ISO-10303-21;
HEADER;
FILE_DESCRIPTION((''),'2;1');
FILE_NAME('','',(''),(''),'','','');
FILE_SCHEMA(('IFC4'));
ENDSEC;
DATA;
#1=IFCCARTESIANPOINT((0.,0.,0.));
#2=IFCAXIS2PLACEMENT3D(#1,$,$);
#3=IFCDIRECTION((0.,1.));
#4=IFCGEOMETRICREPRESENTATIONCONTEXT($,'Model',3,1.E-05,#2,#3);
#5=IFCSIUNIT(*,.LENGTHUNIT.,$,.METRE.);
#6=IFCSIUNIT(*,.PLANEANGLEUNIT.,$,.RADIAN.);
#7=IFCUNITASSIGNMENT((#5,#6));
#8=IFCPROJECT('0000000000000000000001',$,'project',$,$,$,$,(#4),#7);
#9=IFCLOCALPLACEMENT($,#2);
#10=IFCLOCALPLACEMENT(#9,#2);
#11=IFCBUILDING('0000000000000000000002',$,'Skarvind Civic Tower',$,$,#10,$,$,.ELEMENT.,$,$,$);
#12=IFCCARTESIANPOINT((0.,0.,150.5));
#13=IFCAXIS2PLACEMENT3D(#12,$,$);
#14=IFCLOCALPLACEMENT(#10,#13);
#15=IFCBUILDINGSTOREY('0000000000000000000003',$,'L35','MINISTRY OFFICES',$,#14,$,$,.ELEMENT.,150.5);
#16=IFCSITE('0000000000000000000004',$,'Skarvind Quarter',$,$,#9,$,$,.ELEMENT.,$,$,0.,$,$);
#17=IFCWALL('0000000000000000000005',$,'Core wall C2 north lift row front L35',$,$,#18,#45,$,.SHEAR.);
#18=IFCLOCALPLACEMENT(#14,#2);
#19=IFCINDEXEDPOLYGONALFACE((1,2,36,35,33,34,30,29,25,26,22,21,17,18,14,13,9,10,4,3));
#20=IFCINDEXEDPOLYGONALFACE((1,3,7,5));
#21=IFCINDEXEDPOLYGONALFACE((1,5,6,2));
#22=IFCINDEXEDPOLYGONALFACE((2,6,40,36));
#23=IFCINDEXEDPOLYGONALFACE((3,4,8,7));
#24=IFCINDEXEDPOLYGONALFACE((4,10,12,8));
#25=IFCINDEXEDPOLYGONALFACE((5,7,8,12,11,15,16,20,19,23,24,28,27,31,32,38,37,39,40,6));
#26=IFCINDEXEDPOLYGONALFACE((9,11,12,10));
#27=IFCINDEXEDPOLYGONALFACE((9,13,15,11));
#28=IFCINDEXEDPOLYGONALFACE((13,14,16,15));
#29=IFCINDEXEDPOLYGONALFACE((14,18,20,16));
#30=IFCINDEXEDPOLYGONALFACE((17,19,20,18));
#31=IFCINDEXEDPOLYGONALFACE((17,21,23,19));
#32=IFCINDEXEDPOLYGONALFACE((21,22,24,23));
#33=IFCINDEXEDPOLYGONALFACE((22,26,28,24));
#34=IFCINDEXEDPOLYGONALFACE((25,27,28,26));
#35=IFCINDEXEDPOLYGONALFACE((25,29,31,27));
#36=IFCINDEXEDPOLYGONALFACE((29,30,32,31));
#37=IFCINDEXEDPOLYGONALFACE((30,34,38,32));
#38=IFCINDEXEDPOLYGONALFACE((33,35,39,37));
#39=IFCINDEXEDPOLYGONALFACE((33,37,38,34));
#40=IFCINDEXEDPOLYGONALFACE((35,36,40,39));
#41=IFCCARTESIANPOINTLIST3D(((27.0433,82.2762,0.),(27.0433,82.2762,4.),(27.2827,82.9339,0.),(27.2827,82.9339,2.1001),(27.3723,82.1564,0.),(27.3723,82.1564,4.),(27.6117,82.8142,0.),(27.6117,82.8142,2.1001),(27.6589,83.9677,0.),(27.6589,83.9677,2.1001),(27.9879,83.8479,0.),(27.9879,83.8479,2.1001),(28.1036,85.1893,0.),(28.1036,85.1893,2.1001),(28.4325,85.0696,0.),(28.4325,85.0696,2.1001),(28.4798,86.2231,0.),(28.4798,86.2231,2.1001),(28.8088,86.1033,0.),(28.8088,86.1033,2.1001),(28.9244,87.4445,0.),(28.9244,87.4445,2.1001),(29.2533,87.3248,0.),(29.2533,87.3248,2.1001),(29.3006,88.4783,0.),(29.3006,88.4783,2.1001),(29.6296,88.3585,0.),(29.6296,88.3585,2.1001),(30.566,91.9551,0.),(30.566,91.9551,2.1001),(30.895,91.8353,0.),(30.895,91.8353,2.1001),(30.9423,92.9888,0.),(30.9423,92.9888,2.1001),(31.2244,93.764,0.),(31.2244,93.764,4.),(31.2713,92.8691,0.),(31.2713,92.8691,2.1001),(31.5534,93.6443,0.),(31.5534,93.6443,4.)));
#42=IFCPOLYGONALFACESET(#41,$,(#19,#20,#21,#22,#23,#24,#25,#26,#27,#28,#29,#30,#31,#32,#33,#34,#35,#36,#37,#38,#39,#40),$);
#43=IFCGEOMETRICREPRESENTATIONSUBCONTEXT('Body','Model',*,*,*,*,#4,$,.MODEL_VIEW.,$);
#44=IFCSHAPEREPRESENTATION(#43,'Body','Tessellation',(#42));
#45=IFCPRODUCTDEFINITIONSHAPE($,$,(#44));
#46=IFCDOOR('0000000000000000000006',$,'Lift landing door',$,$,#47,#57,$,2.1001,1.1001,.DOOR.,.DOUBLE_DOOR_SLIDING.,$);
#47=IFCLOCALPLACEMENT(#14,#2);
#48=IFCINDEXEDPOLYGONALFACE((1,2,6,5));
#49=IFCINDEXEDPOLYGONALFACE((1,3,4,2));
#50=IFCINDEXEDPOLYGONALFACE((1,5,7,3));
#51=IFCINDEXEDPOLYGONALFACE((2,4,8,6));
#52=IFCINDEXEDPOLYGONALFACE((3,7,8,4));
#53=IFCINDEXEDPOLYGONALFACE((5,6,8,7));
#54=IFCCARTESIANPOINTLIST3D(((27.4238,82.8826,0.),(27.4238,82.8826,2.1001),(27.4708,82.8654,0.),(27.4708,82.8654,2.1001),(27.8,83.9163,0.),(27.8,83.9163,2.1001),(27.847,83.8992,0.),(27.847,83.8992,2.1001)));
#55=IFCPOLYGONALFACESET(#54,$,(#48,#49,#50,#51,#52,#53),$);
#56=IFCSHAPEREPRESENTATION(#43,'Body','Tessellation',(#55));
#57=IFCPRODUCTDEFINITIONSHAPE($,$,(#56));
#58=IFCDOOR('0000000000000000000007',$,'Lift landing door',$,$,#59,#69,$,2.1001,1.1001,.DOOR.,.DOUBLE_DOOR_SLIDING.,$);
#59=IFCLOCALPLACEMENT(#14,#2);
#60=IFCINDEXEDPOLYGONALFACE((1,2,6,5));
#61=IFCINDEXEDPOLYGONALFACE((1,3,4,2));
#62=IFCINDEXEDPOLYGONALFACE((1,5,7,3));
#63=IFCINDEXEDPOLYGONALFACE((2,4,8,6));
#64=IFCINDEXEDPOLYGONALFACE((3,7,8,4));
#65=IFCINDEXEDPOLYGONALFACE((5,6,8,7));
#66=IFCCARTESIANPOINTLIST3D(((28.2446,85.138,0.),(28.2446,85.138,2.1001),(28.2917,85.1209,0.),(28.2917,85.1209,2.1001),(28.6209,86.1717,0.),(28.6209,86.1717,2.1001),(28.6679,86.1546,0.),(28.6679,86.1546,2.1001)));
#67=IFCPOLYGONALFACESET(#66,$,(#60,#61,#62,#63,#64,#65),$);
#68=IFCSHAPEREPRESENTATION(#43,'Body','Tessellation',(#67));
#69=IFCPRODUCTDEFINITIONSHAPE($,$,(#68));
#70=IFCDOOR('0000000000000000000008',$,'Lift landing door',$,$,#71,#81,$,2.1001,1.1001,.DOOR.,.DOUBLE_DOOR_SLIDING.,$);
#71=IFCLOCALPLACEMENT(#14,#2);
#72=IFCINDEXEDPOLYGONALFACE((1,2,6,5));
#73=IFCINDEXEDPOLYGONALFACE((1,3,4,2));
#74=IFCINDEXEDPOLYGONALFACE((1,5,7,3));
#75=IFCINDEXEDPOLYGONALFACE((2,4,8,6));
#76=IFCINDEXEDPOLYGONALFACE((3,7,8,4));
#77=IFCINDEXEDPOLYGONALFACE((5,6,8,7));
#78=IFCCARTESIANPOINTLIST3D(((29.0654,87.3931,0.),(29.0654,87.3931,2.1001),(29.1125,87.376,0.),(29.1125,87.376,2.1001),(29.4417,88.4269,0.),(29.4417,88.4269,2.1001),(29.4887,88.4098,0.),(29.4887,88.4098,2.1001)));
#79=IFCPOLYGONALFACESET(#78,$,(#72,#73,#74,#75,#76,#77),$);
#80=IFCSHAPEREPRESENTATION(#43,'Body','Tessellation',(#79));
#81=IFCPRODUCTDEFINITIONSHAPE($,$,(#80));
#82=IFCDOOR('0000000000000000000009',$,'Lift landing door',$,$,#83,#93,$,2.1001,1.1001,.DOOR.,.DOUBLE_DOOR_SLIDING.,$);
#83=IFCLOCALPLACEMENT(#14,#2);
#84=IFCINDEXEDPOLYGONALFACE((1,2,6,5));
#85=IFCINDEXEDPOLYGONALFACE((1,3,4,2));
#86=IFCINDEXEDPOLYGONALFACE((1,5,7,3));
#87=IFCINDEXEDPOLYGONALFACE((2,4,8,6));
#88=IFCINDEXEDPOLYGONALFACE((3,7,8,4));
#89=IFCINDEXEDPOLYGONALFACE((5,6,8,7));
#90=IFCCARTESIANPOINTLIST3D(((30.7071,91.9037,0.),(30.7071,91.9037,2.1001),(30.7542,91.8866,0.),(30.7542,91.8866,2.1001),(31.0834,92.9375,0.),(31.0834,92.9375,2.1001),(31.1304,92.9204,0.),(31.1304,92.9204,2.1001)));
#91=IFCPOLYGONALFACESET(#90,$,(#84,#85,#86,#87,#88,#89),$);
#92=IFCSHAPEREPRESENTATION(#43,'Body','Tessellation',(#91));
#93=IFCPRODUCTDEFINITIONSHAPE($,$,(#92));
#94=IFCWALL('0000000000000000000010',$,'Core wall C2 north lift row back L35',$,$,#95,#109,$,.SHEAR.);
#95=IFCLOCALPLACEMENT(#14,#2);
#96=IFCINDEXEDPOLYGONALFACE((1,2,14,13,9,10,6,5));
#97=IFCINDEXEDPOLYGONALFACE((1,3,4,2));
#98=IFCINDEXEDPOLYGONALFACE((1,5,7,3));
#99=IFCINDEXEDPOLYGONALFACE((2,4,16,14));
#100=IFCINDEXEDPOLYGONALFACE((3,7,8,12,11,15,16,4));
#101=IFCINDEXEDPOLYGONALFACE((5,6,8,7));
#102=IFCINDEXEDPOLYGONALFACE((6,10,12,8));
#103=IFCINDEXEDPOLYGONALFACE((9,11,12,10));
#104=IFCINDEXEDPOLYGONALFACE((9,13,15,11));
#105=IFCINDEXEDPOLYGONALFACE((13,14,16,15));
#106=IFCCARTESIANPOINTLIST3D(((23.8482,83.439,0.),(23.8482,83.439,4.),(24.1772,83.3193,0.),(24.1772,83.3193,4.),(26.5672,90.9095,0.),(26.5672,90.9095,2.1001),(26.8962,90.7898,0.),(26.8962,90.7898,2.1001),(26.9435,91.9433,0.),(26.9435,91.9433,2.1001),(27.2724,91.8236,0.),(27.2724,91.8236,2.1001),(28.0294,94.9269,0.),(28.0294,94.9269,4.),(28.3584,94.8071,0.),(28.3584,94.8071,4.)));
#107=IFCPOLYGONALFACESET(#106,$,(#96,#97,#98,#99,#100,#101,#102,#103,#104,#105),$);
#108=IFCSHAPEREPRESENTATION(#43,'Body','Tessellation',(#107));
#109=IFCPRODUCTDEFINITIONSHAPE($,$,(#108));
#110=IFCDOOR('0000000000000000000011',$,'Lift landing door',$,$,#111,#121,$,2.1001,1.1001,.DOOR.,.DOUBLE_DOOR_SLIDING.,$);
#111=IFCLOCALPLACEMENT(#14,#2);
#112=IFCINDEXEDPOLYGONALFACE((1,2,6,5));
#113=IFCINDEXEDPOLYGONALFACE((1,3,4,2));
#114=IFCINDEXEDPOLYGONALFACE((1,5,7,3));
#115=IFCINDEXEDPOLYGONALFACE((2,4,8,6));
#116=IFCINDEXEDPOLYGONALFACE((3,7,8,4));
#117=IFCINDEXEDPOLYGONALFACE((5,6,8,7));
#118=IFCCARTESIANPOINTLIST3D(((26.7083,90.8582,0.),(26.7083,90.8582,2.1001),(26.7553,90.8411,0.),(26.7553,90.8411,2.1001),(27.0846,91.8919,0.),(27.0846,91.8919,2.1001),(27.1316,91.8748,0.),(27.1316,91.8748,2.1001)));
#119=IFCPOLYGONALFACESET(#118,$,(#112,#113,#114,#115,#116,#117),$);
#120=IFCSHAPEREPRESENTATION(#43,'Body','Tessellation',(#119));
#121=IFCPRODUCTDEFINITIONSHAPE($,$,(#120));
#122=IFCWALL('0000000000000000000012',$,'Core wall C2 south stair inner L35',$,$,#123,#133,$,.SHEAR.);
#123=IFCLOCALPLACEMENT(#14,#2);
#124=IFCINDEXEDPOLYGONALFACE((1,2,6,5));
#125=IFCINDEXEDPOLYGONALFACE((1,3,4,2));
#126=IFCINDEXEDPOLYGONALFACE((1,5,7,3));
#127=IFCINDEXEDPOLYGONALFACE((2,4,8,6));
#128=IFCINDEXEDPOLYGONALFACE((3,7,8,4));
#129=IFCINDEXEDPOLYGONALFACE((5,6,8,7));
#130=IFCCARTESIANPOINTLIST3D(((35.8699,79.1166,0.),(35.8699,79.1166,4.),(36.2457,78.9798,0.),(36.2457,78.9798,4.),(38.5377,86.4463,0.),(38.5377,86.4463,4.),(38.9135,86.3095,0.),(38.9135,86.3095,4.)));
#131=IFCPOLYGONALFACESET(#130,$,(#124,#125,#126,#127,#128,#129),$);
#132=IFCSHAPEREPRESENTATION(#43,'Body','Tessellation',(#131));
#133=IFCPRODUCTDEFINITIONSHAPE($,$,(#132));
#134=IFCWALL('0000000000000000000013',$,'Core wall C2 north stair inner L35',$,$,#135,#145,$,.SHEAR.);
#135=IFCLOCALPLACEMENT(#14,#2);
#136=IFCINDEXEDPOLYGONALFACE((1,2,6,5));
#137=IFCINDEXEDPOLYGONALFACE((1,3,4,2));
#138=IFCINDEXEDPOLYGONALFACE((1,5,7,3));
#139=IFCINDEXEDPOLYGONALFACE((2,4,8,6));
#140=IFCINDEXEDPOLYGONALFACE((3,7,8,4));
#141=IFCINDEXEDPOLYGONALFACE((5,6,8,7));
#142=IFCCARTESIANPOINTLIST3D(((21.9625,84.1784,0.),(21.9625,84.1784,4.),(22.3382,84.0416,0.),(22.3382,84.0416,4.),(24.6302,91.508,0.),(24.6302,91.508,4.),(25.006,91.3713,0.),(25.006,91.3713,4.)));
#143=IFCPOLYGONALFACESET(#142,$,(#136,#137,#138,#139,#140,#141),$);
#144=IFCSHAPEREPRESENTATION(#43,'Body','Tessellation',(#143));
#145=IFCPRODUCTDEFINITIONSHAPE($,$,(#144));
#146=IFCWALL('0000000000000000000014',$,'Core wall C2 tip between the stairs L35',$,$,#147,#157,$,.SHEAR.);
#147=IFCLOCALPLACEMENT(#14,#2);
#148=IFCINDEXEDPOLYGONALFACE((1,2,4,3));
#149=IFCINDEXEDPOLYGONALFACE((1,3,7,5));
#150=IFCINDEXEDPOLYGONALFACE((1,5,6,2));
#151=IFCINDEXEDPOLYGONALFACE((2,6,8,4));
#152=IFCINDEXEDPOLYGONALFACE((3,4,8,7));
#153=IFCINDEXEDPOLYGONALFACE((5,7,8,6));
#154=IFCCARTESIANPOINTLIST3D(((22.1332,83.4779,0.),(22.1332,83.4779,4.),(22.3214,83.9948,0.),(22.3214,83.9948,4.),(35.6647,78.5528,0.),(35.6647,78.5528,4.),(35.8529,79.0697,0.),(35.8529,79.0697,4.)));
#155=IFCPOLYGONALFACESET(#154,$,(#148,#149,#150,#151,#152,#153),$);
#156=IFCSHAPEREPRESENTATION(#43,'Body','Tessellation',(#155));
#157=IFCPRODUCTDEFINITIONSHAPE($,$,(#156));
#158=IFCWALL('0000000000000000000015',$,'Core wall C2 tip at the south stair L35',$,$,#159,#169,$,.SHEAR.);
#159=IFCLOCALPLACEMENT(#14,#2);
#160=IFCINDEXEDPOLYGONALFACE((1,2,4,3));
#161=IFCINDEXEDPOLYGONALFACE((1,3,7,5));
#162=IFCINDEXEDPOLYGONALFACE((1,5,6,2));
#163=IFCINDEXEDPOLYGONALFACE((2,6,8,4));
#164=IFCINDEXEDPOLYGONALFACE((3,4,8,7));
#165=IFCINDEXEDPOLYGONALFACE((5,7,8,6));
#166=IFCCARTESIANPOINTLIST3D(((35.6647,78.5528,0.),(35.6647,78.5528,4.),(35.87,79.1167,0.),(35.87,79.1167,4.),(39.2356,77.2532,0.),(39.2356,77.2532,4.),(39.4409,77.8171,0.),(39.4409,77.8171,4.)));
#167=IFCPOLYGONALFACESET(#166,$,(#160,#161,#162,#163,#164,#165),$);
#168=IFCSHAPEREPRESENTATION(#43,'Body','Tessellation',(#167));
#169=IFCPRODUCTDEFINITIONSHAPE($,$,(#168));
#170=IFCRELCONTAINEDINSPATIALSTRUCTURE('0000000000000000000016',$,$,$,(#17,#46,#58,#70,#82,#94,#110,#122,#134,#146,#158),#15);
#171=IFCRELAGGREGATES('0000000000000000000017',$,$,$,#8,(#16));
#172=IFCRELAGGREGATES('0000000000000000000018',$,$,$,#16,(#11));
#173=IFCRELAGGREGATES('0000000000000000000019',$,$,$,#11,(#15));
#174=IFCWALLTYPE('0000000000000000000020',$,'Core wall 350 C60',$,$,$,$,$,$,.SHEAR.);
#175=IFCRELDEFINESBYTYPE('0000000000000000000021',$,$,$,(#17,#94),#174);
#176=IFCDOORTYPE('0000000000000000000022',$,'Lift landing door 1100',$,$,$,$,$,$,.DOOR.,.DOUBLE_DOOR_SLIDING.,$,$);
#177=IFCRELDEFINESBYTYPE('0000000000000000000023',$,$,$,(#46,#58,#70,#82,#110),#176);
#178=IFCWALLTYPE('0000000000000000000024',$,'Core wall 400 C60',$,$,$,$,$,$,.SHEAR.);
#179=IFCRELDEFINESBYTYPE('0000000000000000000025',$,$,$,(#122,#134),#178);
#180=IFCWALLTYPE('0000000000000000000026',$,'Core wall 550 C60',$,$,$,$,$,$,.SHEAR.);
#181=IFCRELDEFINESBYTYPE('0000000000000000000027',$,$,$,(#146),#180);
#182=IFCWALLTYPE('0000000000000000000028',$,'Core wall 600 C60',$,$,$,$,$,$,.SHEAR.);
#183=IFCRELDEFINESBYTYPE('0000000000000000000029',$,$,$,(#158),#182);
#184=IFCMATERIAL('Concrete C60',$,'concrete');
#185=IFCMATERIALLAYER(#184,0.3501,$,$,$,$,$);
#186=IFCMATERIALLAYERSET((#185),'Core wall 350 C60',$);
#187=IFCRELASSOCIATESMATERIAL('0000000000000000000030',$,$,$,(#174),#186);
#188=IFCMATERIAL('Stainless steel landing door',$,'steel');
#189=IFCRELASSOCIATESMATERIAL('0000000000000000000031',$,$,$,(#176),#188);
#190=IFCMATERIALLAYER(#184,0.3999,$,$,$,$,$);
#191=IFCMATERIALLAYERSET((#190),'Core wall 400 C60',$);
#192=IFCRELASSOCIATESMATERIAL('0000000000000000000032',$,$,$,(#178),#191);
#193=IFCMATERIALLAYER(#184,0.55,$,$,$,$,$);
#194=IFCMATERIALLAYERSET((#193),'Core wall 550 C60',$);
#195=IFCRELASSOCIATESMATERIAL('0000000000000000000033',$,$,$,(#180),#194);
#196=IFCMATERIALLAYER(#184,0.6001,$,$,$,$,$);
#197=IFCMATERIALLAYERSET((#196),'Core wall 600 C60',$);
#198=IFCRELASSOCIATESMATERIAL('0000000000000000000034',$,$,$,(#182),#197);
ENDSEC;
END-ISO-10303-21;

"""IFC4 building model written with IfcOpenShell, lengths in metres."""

from ifc_helpers import new_model, si_unit, direction, frame, frame_2d, origin, place, context, subcontext, project, spatial, rectangle, extrude, material, layer, layer_set, type_object, element, fill, save


model = new_model("IFC4")

# Units and contexts
model_context = context("Model", 3, precision=1e-05, world=origin(), true_north=direction((0.0, 1.0)))
body_context = subcontext(model_context, "Body", "Model", "MODEL_VIEW")
ifc_project = project(units=[si_unit("LENGTHUNIT", "METRE"), si_unit("PLANEANGLEUNIT", "RADIAN")], contexts=[model_context])

# Site, building, storey
site_placement = place(None, origin())
site = spatial("IfcSite", under=ifc_project, at=site_placement, Name="Skarvind Quarter", CompositionType="ELEMENT", RefElevation=0.0)
building_placement = place(site_placement, origin())
building = spatial("IfcBuilding", under=site, at=building_placement, Name="Skarvind Civic Tower", CompositionType="ELEMENT")
storey_placement = place(building_placement, frame((0.0, 0.0, 150.5)))
storey = spatial("IfcBuildingStorey", under=building, at=storey_placement, Name="L35", Description="MINISTRY OFFICES", CompositionType="ELEMENT", Elevation=150.5)

# Shared definitions
ifc_material_1 = material(Name="Concrete C60", Category="concrete")
ifc_layer_1 = layer(ifc_material_1, 0.3501)
ifc_layer_set_1 = layer_set([ifc_layer_1], Name="Core wall 350 C60")
wall_type_1 = type_object("IfcWallType", Name="Core wall 350 C60", PredefinedType="SHEAR", material=ifc_layer_set_1)

# Wall, openings, doors
wall_1_placement = place(storey_placement, frame((27.2078, 82.2163, 0.0), z_axis=(0.0, 0.0, 1.0), x_axis=(0.342016, 0.939694, 0.0)))
wall_1 = element("IfcWall", 1, at=wall_1_placement, inside=storey, type_object=wall_type_1, Name="Core wall C2 north lift row front L35", PredefinedType="SHEAR", context=body_context, shape_type="SweptSolid", body=[
    extrude(rectangle(XDim=12.2251, YDim=0.3501, at=frame_2d((6.1125, 0.0))), origin(), (0.0, 0.0, 1.0), 4.0),
])
opening_1_placement = place(wall_1_placement, frame((0.7, 0.0, 0.0)))
opening_1 = element("IfcOpeningElement", 2, at=opening_1_placement, cuts=wall_1, PredefinedType="OPENING", context=body_context, shape_type="SweptSolid", body=[
    extrude(rectangle(XDim=1.1001, YDim=2.1001, at=frame_2d((0.55, 1.05))), frame((0.0, 0.1851, 0.0), z_axis=(0.0, -1.0, 0.0), x_axis=(1.0, 0.0, 0.0)), (0.0, 0.0, 1.0), 0.3701),
])
opening_2_placement = place(wall_1_placement, frame((3.1001, 0.0, 0.0)))
opening_2 = element("IfcOpeningElement", 3, at=opening_2_placement, cuts=wall_1, PredefinedType="OPENING", context=body_context, shape_type="SweptSolid", body=[
    extrude(rectangle(XDim=1.1001, YDim=2.1001, at=frame_2d((0.55, 1.05))), frame((0.0, 0.1851, 0.0), z_axis=(0.0, -1.0, 0.0), x_axis=(1.0, 0.0, 0.0)), (0.0, 0.0, 1.0), 0.3701),
])
opening_3_placement = place(wall_1_placement, frame((5.5, 0.0, 0.0)))
opening_3 = element("IfcOpeningElement", 4, at=opening_3_placement, cuts=wall_1, PredefinedType="OPENING", context=body_context, shape_type="SweptSolid", body=[
    extrude(rectangle(XDim=1.1001, YDim=2.1001, at=frame_2d((0.55, 1.05))), frame((0.0, 0.1851, 0.0), z_axis=(0.0, -1.0, 0.0), x_axis=(1.0, 0.0, 0.0)), (0.0, 0.0, 1.0), 0.3701),
])
opening_4_placement = place(wall_1_placement, frame((10.3, 0.0, 0.0)))
opening_4 = element("IfcOpeningElement", 5, at=opening_4_placement, cuts=wall_1, PredefinedType="OPENING", context=body_context, shape_type="SweptSolid", body=[
    extrude(rectangle(XDim=1.1001, YDim=2.1001, at=frame_2d((0.55, 1.05))), frame((0.0, 0.1851, 0.0), z_axis=(0.0, -1.0, 0.0), x_axis=(1.0, 0.0, 0.0)), (0.0, 0.0, 1.0), 0.3701),
])
ifc_material_2 = material(Name="Stainless steel landing door", Category="steel")
door_type_1 = type_object("IfcDoorType", Name="Lift landing door 1100", OperationType="DOUBLE_DOOR_SLIDING", PredefinedType="DOOR", material=ifc_material_2)
door_1_placement = place(opening_1_placement, origin())
door_1 = element("IfcDoor", 6, at=door_1_placement, inside=storey, type_object=door_type_1, Name="Lift landing door", OperationType="DOUBLE_DOOR_SLIDING", OverallHeight=2.1001, OverallWidth=1.1001, PredefinedType="DOOR", context=body_context, shape_type="SweptSolid", body=[
    extrude(rectangle(XDim=1.1001, YDim=2.1001, at=frame_2d((0.55, 1.05))), frame((0.0, 0.0249, 0.0), z_axis=(0.0, -1.0, 0.0), x_axis=(1.0, 0.0, 0.0)), (0.0, 0.0, 1.0), 0.05),
])
fill(opening_1, door_1)
door_2_placement = place(opening_2_placement, origin())
door_2 = element("IfcDoor", 7, at=door_2_placement, inside=storey, type_object=door_type_1, Name="Lift landing door", OperationType="DOUBLE_DOOR_SLIDING", OverallHeight=2.1001, OverallWidth=1.1001, PredefinedType="DOOR", context=body_context, shape_type="SweptSolid", body=[
    extrude(rectangle(XDim=1.1001, YDim=2.1001, at=frame_2d((0.55, 1.05))), frame((0.0, 0.0249, 0.0), z_axis=(0.0, -1.0, 0.0), x_axis=(1.0, 0.0, 0.0)), (0.0, 0.0, 1.0), 0.05),
])
fill(opening_2, door_2)
door_3_placement = place(opening_3_placement, origin())
door_3 = element("IfcDoor", 8, at=door_3_placement, inside=storey, type_object=door_type_1, Name="Lift landing door", OperationType="DOUBLE_DOOR_SLIDING", OverallHeight=2.1001, OverallWidth=1.1001, PredefinedType="DOOR", context=body_context, shape_type="SweptSolid", body=[
    extrude(rectangle(XDim=1.1001, YDim=2.1001, at=frame_2d((0.55, 1.05))), frame((0.0, 0.0249, 0.0), z_axis=(0.0, -1.0, 0.0), x_axis=(1.0, 0.0, 0.0)), (0.0, 0.0, 1.0), 0.05),
])
fill(opening_3, door_3)
door_4_placement = place(opening_4_placement, origin())
door_4 = element("IfcDoor", 9, at=door_4_placement, inside=storey, type_object=door_type_1, Name="Lift landing door", OperationType="DOUBLE_DOOR_SLIDING", OverallHeight=2.1001, OverallWidth=1.1001, PredefinedType="DOOR", context=body_context, shape_type="SweptSolid", body=[
    extrude(rectangle(XDim=1.1001, YDim=2.1001, at=frame_2d((0.55, 1.05))), frame((0.0, 0.0249, 0.0), z_axis=(0.0, -1.0, 0.0), x_axis=(1.0, 0.0, 0.0)), (0.0, 0.0, 1.0), 0.05),
])
fill(opening_4, door_4)

# Wall, opening, door
wall_2_placement = place(storey_placement, frame((24.0127, 83.3792, 0.0), z_axis=(0.0, 0.0, 1.0), x_axis=(0.342016, 0.939694, 0.0)))
wall_2 = element("IfcWall", 10, at=wall_2_placement, inside=storey, type_object=wall_type_1, Name="Core wall C2 north lift row back L35", PredefinedType="SHEAR", context=body_context, shape_type="SweptSolid", body=[
    extrude(rectangle(XDim=12.2251, YDim=0.3501, at=frame_2d((6.1125, 0.0))), origin(), (0.0, 0.0, 1.0), 4.0),
])
opening_5_placement = place(wall_2_placement, frame((7.95, 0.0, 0.0)))
opening_5 = element("IfcOpeningElement", 11, at=opening_5_placement, cuts=wall_2, PredefinedType="OPENING", context=body_context, shape_type="SweptSolid", body=[
    extrude(rectangle(XDim=1.1001, YDim=2.1001, at=frame_2d((0.55, 1.05))), frame((0.0, 0.1851, 0.0), z_axis=(0.0, -1.0, 0.0), x_axis=(1.0, 0.0, 0.0)), (0.0, 0.0, 1.0), 0.3701),
])
door_5_placement = place(opening_5_placement, origin())
door_5 = element("IfcDoor", 12, at=door_5_placement, inside=storey, type_object=door_type_1, Name="Lift landing door", OperationType="DOUBLE_DOOR_SLIDING", OverallHeight=2.1001, OverallWidth=1.1001, PredefinedType="DOOR", context=body_context, shape_type="SweptSolid", body=[
    extrude(rectangle(XDim=1.1001, YDim=2.1001, at=frame_2d((0.55, 1.05))), frame((0.0, 0.0249, 0.0), z_axis=(0.0, -1.0, 0.0), x_axis=(1.0, 0.0, 0.0)), (0.0, 0.0, 1.0), 0.05),
])
fill(opening_5, door_5)

# Walls
ifc_layer_2 = layer(ifc_material_1, 0.3999)
ifc_layer_set_2 = layer_set([ifc_layer_2], Name="Core wall 400 C60")
wall_type_2 = type_object("IfcWallType", Name="Core wall 400 C60", PredefinedType="SHEAR", material=ifc_layer_set_2)
for number, where, z_axis, x_axis, name in (
    (13, (36.0579, 79.0483, 0.0), (0.0, 0.0, 1.0), (0.342017, 0.939694, 0.0), "Core wall C2 south stair inner L35"),
    (14, (22.1504, 84.1101, 0.0), (0.0, 0.0, 1.0), (0.342017, 0.939694, 0.0), "Core wall C2 north stair inner L35"),
):
    element("IfcWall", number, at=place(storey_placement, frame(where, z_axis=z_axis, x_axis=x_axis)), inside=storey, type_object=wall_type_2, Name=name, PredefinedType="SHEAR", context=body_context, shape_type="SweptSolid", body=[
        extrude(rectangle(XDim=7.8, YDim=0.3999, at=frame_2d((3.8999, 0.0))), origin(), (0.0, 0.0, 1.0), 4.0),
    ])
ifc_layer_3 = layer(ifc_material_1, 0.55)
ifc_layer_set_3 = layer_set([ifc_layer_3], Name="Core wall 550 C60")
wall_type_3 = type_object("IfcWallType", Name="Core wall 550 C60", PredefinedType="SHEAR", material=ifc_layer_set_3)
wall_3_placement = place(storey_placement, frame((35.7588, 78.8113, 0.0), z_axis=(0.0, 0.0, 1.0), x_axis=(-0.939693, 0.342019, 0.0)))
element("IfcWall", 15, at=wall_3_placement, inside=storey, type_object=wall_type_3, Name="Core wall C2 tip between the stairs L35", PredefinedType="SHEAR", context=body_context, shape_type="SweptSolid", body=[
    extrude(rectangle(XDim=14.3999, YDim=0.55, at=frame_2d((7.2, 0.0))), origin(), (0.0, 0.0, 1.0), 4.0),
])
ifc_layer_4 = layer(ifc_material_1, 0.6001)
ifc_layer_set_4 = layer_set([ifc_layer_4], Name="Core wall 600 C60")
wall_type_4 = type_object("IfcWallType", Name="Core wall 600 C60", PredefinedType="SHEAR", material=ifc_layer_set_4)
for number, where, z_axis, x_axis, name in (
    (16, (39.3381, 77.5352, 0.0), (0.0, 0.0, 1.0), (-0.939701, 0.341996, 0.0), "Core wall C2 tip at the south stair L35"),
):
    element("IfcWall", number, at=place(storey_placement, frame(where, z_axis=z_axis, x_axis=x_axis)), inside=storey, type_object=wall_type_4, Name=name, PredefinedType="SHEAR", context=body_context, shape_type="SweptSolid", body=[
        extrude(rectangle(XDim=3.8, YDim=0.6001, at=frame_2d((1.8999, 0.0))), origin(), (0.0, 0.0, 1.0), 4.0),
    ])

save(model, "model.ifc")
